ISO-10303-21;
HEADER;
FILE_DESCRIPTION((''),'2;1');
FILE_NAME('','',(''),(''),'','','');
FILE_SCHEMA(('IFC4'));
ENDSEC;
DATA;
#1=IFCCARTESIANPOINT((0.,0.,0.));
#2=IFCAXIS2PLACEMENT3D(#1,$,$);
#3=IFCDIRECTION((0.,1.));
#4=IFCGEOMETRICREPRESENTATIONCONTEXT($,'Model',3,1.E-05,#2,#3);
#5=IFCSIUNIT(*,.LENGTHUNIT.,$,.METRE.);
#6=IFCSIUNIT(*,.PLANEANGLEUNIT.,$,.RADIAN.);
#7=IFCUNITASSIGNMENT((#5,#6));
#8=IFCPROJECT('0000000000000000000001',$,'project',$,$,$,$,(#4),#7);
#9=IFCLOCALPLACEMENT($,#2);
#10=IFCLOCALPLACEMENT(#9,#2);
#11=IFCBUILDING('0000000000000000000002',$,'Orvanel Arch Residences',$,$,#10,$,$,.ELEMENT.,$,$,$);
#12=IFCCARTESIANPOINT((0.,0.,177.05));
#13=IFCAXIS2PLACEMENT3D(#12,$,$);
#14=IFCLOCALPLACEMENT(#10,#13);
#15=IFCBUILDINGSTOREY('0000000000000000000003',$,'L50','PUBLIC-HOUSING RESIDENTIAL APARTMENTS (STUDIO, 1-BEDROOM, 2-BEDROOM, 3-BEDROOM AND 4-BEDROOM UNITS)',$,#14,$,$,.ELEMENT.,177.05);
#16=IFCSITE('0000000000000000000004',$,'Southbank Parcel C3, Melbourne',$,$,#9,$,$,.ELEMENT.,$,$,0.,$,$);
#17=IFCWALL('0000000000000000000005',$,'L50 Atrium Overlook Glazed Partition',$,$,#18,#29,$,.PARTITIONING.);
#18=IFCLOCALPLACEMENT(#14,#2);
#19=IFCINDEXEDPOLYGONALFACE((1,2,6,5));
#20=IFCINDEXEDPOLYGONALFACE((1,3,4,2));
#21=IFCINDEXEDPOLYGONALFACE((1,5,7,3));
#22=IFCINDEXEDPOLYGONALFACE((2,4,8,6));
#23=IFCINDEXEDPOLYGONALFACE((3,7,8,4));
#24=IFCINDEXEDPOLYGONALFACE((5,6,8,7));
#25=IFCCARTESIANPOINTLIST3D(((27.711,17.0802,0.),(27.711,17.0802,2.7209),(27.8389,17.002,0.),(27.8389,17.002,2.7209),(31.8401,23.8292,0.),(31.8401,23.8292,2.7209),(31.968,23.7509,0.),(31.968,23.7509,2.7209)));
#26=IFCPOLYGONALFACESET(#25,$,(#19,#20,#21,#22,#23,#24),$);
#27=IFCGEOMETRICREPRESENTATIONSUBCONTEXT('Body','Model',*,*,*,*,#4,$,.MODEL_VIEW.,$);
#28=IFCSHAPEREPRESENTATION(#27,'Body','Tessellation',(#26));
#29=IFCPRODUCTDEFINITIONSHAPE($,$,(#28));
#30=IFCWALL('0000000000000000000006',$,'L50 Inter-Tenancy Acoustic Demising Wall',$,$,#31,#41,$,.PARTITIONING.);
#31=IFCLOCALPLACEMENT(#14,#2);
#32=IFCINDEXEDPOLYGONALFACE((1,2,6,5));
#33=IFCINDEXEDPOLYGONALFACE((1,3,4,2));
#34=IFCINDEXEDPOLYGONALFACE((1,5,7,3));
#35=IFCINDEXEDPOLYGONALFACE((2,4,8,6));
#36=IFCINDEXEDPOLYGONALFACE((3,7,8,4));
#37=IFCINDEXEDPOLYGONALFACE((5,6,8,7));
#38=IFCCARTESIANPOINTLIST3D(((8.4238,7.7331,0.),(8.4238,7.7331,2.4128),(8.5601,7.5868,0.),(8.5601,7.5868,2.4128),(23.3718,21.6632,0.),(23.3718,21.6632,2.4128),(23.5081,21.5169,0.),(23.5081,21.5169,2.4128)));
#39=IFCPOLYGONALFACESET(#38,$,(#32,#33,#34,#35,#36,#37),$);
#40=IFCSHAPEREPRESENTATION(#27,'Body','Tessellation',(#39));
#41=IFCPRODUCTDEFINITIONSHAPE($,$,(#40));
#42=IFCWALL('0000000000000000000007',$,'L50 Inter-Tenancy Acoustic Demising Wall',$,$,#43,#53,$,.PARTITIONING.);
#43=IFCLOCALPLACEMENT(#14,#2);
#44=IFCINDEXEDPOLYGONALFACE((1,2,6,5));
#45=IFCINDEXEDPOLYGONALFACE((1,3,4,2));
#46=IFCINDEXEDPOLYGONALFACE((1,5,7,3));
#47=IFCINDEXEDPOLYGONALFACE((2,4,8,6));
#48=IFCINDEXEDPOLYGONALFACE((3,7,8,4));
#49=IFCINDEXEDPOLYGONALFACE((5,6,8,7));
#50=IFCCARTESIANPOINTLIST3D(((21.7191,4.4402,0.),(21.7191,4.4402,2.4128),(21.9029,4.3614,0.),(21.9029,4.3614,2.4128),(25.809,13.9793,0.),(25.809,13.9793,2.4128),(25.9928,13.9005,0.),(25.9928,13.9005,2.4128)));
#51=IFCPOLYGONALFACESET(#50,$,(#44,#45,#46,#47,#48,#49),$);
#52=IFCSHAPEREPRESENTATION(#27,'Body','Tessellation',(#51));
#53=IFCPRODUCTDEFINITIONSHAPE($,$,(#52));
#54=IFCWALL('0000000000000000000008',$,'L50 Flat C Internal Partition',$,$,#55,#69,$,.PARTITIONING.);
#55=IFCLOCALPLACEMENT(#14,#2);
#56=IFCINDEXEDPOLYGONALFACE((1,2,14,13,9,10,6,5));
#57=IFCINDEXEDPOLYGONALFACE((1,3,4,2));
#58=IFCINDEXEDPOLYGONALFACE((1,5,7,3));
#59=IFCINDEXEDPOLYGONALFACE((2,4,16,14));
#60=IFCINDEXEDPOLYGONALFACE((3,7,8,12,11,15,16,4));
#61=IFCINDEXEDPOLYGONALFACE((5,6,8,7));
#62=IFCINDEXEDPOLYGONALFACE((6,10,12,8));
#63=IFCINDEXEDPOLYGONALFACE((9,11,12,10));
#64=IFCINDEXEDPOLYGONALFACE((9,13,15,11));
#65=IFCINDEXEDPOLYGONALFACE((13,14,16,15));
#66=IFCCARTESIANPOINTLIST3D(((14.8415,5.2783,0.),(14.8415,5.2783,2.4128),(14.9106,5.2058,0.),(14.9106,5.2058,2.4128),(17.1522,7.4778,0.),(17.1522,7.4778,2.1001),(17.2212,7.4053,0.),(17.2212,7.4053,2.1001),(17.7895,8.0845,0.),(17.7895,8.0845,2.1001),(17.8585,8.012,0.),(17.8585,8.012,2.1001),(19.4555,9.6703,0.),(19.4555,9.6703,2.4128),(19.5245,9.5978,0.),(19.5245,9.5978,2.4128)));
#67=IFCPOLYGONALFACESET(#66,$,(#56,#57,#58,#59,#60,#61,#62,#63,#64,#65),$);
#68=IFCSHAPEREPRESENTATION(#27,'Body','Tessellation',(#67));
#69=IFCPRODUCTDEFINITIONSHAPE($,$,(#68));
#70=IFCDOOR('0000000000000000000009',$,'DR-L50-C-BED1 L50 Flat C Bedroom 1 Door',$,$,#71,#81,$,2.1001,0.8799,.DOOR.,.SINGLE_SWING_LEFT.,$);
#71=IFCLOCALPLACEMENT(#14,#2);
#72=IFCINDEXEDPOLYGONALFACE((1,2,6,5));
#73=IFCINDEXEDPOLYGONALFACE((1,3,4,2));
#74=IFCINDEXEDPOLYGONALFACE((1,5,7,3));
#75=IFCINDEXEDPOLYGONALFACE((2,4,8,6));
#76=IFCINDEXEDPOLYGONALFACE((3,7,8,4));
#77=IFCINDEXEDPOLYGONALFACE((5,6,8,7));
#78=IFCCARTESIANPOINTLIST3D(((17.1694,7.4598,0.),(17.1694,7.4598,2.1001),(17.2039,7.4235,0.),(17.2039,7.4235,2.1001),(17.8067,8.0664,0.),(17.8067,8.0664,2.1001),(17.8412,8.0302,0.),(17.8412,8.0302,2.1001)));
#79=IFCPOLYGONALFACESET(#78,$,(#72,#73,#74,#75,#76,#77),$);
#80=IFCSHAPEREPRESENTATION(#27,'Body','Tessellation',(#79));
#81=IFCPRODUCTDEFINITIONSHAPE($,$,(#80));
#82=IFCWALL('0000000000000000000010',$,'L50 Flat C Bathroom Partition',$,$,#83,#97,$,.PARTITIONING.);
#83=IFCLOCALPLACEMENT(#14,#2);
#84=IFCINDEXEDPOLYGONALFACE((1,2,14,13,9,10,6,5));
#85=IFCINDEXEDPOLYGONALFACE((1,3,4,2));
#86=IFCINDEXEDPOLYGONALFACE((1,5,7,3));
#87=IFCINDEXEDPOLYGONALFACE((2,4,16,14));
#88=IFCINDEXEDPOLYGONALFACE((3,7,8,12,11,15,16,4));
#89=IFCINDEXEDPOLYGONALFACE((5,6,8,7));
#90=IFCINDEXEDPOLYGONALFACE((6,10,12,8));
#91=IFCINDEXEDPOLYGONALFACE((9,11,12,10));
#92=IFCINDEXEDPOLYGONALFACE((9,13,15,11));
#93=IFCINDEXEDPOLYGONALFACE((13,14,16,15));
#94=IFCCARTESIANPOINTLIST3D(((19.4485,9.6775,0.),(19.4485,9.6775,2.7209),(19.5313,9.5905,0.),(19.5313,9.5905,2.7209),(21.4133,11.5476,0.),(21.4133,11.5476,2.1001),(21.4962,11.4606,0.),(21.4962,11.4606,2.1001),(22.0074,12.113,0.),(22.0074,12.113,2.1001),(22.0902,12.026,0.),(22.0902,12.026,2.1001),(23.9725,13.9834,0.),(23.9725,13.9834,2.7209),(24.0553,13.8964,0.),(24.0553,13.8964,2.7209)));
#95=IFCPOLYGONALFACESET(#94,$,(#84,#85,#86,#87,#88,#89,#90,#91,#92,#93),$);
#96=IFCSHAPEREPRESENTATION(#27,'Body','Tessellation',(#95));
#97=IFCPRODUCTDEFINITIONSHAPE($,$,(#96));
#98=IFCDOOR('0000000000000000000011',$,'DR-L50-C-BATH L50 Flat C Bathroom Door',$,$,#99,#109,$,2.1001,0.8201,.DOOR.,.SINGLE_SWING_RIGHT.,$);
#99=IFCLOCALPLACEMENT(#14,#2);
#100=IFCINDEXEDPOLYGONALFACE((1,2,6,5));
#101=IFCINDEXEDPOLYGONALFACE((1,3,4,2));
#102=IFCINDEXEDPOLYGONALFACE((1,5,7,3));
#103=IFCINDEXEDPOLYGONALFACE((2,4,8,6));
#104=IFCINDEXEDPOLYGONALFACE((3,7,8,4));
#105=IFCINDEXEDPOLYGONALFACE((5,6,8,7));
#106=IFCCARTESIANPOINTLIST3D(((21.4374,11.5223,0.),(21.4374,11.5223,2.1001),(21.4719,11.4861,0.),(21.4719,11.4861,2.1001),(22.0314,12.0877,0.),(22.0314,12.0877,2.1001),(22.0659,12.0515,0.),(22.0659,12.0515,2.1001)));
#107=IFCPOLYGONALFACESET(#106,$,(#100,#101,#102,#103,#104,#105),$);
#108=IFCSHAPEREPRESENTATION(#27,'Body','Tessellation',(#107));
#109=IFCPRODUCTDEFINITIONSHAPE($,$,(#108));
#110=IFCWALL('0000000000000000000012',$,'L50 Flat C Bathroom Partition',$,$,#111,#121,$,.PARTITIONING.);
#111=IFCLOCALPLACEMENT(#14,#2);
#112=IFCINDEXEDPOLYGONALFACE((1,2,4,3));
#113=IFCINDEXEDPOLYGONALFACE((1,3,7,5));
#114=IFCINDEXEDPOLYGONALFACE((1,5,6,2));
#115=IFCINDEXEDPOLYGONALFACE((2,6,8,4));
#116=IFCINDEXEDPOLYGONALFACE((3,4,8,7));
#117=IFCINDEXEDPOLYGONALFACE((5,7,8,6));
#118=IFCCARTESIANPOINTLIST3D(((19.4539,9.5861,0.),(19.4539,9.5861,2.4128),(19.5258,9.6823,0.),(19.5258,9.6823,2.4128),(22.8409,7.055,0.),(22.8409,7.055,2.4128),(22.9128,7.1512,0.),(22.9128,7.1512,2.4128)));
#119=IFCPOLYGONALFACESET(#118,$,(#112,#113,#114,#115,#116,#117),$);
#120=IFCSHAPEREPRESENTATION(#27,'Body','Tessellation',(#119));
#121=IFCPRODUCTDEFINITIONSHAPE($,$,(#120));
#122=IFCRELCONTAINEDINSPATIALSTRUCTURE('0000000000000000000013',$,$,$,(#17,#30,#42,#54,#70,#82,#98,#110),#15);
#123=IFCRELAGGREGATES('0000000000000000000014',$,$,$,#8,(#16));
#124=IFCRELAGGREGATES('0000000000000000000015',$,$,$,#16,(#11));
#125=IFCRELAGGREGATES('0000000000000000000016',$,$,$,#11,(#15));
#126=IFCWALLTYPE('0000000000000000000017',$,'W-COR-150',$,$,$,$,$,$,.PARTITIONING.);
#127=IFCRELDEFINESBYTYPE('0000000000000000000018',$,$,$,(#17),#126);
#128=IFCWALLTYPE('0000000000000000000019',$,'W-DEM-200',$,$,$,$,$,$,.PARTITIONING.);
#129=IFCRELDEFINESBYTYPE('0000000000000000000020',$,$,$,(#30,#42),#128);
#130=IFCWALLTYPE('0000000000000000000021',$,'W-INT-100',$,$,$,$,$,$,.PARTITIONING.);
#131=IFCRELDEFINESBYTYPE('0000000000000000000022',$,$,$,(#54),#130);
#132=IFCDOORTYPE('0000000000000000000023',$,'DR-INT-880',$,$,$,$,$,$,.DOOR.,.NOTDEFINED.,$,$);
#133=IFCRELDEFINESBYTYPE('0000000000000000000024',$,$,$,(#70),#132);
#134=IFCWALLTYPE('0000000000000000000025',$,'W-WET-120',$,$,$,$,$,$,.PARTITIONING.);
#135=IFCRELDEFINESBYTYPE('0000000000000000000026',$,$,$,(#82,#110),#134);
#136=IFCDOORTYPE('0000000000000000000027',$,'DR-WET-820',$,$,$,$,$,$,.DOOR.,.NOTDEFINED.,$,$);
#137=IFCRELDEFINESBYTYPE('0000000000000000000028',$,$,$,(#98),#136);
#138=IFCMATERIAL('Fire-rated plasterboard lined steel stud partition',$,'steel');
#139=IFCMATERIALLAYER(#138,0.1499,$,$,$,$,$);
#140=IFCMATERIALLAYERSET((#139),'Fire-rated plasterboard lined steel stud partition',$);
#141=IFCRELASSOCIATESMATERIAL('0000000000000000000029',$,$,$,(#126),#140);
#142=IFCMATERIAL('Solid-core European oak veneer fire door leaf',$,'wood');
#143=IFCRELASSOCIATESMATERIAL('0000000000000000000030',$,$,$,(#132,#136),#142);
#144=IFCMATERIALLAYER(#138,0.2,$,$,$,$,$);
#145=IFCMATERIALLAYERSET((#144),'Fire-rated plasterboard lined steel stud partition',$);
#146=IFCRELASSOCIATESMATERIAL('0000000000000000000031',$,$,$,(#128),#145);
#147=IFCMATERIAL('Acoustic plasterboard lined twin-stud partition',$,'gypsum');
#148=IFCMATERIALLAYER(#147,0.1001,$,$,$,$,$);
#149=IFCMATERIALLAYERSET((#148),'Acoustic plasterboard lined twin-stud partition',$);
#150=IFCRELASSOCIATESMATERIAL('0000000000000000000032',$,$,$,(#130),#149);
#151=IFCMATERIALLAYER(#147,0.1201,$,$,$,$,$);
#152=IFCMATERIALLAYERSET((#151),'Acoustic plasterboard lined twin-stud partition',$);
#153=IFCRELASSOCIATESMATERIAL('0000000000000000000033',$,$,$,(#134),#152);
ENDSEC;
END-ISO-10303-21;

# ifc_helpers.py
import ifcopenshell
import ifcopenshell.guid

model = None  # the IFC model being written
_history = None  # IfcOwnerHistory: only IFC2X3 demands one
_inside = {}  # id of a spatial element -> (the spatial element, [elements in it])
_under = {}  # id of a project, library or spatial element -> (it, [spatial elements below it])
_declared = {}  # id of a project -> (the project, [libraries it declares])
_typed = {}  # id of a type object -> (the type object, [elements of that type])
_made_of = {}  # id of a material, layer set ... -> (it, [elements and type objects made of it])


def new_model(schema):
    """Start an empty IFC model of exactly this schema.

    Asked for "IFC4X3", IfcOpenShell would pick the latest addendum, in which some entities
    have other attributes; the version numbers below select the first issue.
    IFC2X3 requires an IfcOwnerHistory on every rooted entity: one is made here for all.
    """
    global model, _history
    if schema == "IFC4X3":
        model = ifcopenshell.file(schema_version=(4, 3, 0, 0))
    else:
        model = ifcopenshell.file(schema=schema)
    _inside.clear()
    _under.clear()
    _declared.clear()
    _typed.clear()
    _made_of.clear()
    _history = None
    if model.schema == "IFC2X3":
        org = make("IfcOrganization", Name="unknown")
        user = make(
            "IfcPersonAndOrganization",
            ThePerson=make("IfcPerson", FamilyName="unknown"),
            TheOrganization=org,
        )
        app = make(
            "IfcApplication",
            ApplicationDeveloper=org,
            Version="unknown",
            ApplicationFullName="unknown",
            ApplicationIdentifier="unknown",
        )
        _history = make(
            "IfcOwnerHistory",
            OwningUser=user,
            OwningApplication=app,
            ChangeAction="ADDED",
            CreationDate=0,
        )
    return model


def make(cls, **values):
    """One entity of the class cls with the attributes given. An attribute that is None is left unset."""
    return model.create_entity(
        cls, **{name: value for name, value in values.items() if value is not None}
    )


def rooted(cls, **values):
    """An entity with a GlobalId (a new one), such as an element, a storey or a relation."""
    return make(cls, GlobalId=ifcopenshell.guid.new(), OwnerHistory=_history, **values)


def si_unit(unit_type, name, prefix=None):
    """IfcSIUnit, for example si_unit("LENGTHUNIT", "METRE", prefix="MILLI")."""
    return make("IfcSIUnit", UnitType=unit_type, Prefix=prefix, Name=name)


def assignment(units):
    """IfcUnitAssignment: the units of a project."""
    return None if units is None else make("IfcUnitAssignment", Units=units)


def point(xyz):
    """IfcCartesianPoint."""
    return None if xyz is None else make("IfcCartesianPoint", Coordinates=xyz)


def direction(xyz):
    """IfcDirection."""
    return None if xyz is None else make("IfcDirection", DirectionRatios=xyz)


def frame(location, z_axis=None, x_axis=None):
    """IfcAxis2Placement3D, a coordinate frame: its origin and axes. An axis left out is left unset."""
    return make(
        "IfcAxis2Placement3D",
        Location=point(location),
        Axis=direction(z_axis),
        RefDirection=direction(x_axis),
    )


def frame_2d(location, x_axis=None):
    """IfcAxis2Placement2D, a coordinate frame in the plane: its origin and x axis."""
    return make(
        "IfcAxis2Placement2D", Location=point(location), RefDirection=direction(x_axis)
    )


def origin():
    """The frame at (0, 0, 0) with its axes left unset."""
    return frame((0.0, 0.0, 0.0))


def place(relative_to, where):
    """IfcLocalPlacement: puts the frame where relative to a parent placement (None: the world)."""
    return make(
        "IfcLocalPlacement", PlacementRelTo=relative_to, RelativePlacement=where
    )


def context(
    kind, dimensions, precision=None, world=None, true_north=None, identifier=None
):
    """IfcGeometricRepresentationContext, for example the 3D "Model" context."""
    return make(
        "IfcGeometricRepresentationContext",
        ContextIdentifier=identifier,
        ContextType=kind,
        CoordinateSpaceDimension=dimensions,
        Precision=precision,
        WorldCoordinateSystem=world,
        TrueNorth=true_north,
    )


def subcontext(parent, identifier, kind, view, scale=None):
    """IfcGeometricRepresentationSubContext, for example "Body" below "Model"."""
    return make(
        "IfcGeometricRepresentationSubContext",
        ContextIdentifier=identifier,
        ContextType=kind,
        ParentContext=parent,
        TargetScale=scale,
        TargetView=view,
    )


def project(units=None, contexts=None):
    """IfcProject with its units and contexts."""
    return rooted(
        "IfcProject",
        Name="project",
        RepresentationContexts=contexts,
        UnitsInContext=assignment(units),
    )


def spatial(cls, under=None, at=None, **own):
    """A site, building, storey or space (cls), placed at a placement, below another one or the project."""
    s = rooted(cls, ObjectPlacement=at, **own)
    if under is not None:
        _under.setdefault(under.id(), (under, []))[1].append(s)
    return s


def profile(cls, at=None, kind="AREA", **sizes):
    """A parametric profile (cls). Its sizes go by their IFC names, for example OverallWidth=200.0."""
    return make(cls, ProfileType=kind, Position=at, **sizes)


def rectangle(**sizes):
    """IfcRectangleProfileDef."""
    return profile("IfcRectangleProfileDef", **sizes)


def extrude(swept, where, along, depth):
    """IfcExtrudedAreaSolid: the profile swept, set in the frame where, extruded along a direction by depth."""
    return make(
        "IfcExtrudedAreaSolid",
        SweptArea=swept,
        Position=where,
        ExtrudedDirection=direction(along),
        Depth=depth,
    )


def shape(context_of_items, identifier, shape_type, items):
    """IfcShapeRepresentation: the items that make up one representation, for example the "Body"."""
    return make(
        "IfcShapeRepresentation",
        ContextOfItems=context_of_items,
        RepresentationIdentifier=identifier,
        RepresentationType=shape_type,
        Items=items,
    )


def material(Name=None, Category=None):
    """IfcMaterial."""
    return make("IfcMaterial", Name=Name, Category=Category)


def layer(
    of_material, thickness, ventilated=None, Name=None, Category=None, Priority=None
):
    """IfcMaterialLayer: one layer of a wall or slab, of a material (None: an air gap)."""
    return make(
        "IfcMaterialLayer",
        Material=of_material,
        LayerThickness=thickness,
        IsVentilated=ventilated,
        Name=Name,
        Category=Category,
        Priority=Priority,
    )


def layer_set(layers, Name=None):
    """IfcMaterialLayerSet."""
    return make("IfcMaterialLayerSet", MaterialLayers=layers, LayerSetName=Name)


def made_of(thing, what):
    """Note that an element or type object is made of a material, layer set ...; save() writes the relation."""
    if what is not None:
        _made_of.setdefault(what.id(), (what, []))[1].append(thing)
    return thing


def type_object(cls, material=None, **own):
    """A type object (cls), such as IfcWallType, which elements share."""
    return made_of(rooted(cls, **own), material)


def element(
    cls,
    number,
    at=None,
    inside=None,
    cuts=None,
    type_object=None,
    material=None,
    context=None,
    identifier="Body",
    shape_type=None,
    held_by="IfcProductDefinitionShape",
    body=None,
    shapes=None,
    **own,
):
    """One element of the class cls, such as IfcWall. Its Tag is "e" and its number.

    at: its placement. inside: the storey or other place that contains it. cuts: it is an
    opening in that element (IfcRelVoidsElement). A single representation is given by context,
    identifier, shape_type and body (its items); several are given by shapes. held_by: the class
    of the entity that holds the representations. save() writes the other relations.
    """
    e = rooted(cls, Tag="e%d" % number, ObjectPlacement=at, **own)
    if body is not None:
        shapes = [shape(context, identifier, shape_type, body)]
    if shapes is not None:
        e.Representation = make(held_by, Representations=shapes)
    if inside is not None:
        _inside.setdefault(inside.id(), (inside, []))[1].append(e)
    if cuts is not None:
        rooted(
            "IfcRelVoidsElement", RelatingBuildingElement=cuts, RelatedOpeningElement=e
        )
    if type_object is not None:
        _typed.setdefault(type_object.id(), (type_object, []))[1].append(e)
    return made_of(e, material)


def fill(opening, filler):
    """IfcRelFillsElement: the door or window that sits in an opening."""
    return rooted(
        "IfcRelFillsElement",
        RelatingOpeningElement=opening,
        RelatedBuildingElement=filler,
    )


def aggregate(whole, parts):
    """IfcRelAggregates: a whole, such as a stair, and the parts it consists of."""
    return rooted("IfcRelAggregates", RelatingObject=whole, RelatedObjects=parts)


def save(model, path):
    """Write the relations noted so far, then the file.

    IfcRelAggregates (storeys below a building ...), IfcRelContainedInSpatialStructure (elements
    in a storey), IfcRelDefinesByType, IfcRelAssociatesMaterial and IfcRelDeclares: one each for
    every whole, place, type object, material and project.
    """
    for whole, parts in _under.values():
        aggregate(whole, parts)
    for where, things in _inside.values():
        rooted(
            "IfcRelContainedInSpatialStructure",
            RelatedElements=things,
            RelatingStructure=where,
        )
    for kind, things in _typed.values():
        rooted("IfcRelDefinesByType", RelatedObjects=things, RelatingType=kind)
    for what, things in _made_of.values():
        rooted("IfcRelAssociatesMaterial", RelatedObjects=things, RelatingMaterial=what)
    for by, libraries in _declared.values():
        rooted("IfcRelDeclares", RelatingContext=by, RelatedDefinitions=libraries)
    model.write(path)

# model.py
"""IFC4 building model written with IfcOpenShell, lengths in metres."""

from ifc_helpers import new_model, si_unit, direction, frame, frame_2d, origin, place, context, subcontext, project, spatial, rectangle, extrude, material, layer, layer_set, type_object, element, fill, save


model = new_model("IFC4")

# Units and contexts
model_context = context("Model", 3, precision=1e-05, world=origin(), true_north=direction((0.0, 1.0)))
body_context = subcontext(model_context, "Body", "Model", "MODEL_VIEW")
ifc_project = project(units=[si_unit("LENGTHUNIT", "METRE"), si_unit("PLANEANGLEUNIT", "RADIAN")], contexts=[model_context])

# Site, building, storey
site_placement = place(None, origin())
site = spatial("IfcSite", under=ifc_project, at=site_placement, Name="Southbank Parcel C3, Melbourne", CompositionType="ELEMENT", RefElevation=0.0)
building_placement = place(site_placement, origin())
building = spatial("IfcBuilding", under=site, at=building_placement, Name="Orvanel Arch Residences", CompositionType="ELEMENT")
storey_placement = place(building_placement, frame((0.0, 0.0, 177.05)))
storey = spatial("IfcBuildingStorey", under=building, at=storey_placement, Name="L50", Description="PUBLIC-HOUSING RESIDENTIAL APARTMENTS (STUDIO, 1-BEDROOM, 2-BEDROOM, 3-BEDROOM AND 4-BEDROOM UNITS)", CompositionType="ELEMENT", Elevation=177.05)

# Shared definitions
ifc_material_1 = material(Name="Fire-rated plasterboard lined steel stud partition", Category="steel")
ifc_layer_1 = layer(ifc_material_1, 0.1499)
ifc_layer_set_1 = layer_set([ifc_layer_1], Name="Fire-rated plasterboard lined steel stud partition")
wall_type_1 = type_object("IfcWallType", Name="W-COR-150", PredefinedType="PARTITIONING", material=ifc_layer_set_1)

# Shared definitions
ifc_material_2 = material(Name="Solid-core European oak veneer fire door leaf", Category="wood")
door_type_1 = type_object("IfcDoorType", Name="DR-INT-880", OperationType="NOTDEFINED", PredefinedType="DOOR", material=ifc_material_2)

# Walls
wall_1_placement = place(storey_placement, frame((27.7749, 17.041, 0.0), z_axis=(0.0, 0.0, 1.0), x_axis=(0.521887, 0.853015, 0.0)))
element("IfcWall", 1, at=wall_1_placement, inside=storey, type_object=wall_type_1, Name="L50 Atrium Overlook Glazed Partition", PredefinedType="PARTITIONING", context=body_context, shape_type="SweptSolid", body=[
    extrude(rectangle(XDim=7.9119, YDim=0.1499, at=frame_2d((3.9561, 0.0))), origin(), (0.0, 0.0, 1.0), 2.7209),
])
ifc_layer_2 = layer(ifc_material_1, 0.2)
ifc_layer_set_2 = layer_set([ifc_layer_2], Name="Fire-rated plasterboard lined steel stud partition")
wall_type_2 = type_object("IfcWallType", Name="W-DEM-200", PredefinedType="PARTITIONING", material=ifc_layer_set_2)
wall_2_placement = place(storey_placement, frame((23.4399, 21.5901, 0.0), z_axis=(0.0, 0.0, 1.0), x_axis=(-0.731575, -0.681761, 0.0)))
element("IfcWall", 2, at=wall_2_placement, inside=storey, type_object=wall_type_2, Name="L50 Inter-Tenancy Acoustic Demising Wall", PredefinedType="PARTITIONING", context=body_context, shape_type="SweptSolid", body=[
    extrude(rectangle(XDim=20.4326, YDim=0.2, at=frame_2d((10.2163, 0.0))), origin(), (0.0, 0.0, 1.0), 2.4128),
])
wall_3_placement = place(storey_placement, frame((25.9009, 13.9399, 0.0), z_axis=(0.0, 0.0, 1.0), x_axis=(-0.394056, -0.919087, 0.0)))
element("IfcWall", 3, at=wall_3_placement, inside=storey, type_object=wall_type_2, Name="L50 Inter-Tenancy Acoustic Demising Wall", PredefinedType="PARTITIONING", context=body_context, shape_type="SweptSolid", body=[
    extrude(rectangle(XDim=10.3789, YDim=0.2, at=frame_2d((5.1895, 0.0))), origin(), (0.0, 0.0, 1.0), 2.4128),
])

# Walls, openings, doors
ifc_material_3 = material(Name="Acoustic plasterboard lined twin-stud partition", Category="gypsum")
ifc_layer_3 = layer(ifc_material_3, 0.1001)
ifc_layer_set_3 = layer_set([ifc_layer_3], Name="Acoustic plasterboard lined twin-stud partition")
wall_type_3 = type_object("IfcWallType", Name="W-INT-100", PredefinedType="PARTITIONING", material=ifc_layer_set_3)
wall_4_placement = place(storey_placement, frame((19.49, 9.634, 0.0), z_axis=(0.0, 0.0, 1.0), x_axis=(-0.724311, -0.689473, 0.0)))
wall_4 = element("IfcWall", 4, at=wall_4_placement, inside=storey, type_object=wall_type_3, Name="L50 Flat C Internal Partition", PredefinedType="PARTITIONING", context=body_context, shape_type="SweptSolid", body=[
    extrude(rectangle(XDim=6.3701, YDim=0.1001, at=frame_2d((3.1851, 0.0))), origin(), (0.0, 0.0, 1.0), 2.4128),
])
opening_1_placement = place(wall_4_placement, frame((2.3, 0.0, 0.0)))
opening_1 = element("IfcOpeningElement", 5, at=opening_1_placement, cuts=wall_4, PredefinedType="OPENING", context=body_context, shape_type="SweptSolid", body=[
    extrude(rectangle(XDim=0.8799, YDim=2.1001, at=frame_2d((0.4399, 1.05))), frame((0.0, 0.0601, 0.0), z_axis=(0.0, -1.0, 0.0), x_axis=(1.0, 0.0, 0.0)), (0.0, 0.0, 1.0), 0.1201),
])
door_1_placement = place(opening_1_placement, origin())
door_1 = element("IfcDoor", 6, at=door_1_placement, inside=storey, type_object=door_type_1, Name="DR-L50-C-BED1 L50 Flat C Bedroom 1 Door", OperationType="SINGLE_SWING_LEFT", OverallHeight=2.1001, OverallWidth=0.8799, PredefinedType="DOOR", context=body_context, shape_type="SweptSolid", body=[
    extrude(rectangle(XDim=0.8799, YDim=2.1001, at=frame_2d((0.4399, 1.05))), frame((0.0, 0.0249, 0.0), z_axis=(0.0, -1.0, 0.0), x_axis=(1.0, 0.0, 0.0)), (0.0, 0.0, 1.0), 0.05),
])
fill(opening_1, door_1)
ifc_layer_4 = layer(ifc_material_3, 0.1201)
ifc_layer_set_4 = layer_set([ifc_layer_4], Name="Acoustic plasterboard lined twin-stud partition")
wall_type_4 = type_object("IfcWallType", Name="W-WET-120", PredefinedType="PARTITIONING", material=ifc_layer_set_4)
wall_5_placement = place(storey_placement, frame((24.0139, 13.9399, 0.0), z_axis=(0.0, 0.0, 1.0), x_axis=(-0.724345, -0.689437, 0.0)))
wall_5 = element("IfcWall", 7, at=wall_5_placement, inside=storey, type_object=wall_type_4, Name="L50 Flat C Bathroom Partition", PredefinedType="PARTITIONING", context=body_context, shape_type="SweptSolid", body=[
    extrude(rectangle(XDim=6.2456, YDim=0.1201, at=frame_2d((3.1228, 0.0))), origin(), (0.0, 0.0, 1.0), 2.7209),
])
opening_2_placement = place(wall_5_placement, frame((2.7129, 0.0, 0.0)))
opening_2 = element("IfcOpeningElement", 8, at=opening_2_placement, cuts=wall_5, PredefinedType="OPENING", context=body_context, shape_type="SweptSolid", body=[
    extrude(rectangle(XDim=0.8201, YDim=2.1001, at=frame_2d((0.4102, 1.05))), frame((0.0, 0.0701, 0.0), z_axis=(0.0, -1.0, 0.0), x_axis=(1.0, 0.0, 0.0)), (0.0, 0.0, 1.0), 0.1401),
])
door_type_2 = type_object("IfcDoorType", Name="DR-WET-820", OperationType="NOTDEFINED", PredefinedType="DOOR", material=ifc_material_2)
door_2_placement = place(opening_2_placement, origin())
door_2 = element("IfcDoor", 9, at=door_2_placement, inside=storey, type_object=door_type_2, Name="DR-L50-C-BATH L50 Flat C Bathroom Door", OperationType="SINGLE_SWING_RIGHT", OverallHeight=2.1001, OverallWidth=0.8201, PredefinedType="DOOR", context=body_context, shape_type="SweptSolid", body=[
    extrude(rectangle(XDim=0.8201, YDim=2.1001, at=frame_2d((0.4102, 1.05))), frame((0.0, 0.0249, 0.0), z_axis=(0.0, -1.0, 0.0), x_axis=(1.0, 0.0, 0.0)), (0.0, 0.0, 1.0), 0.05),
])
fill(opening_2, door_2)

# Wall
wall_6_placement = place(storey_placement, frame((22.877, 7.103, 0.0), z_axis=(0.0, 0.0, 1.0), x_axis=(-0.801045, 0.598604, 0.0)))
element("IfcWall", 10, at=wall_6_placement, inside=storey, type_object=wall_type_4, Name="L50 Flat C Bathroom Partition", PredefinedType="PARTITIONING", context=body_context, shape_type="SweptSolid", body=[
    extrude(rectangle(XDim=4.2283, YDim=0.1201, at=frame_2d((2.1143, 0.0))), origin(), (0.0, 0.0, 1.0), 2.4128),
])

save(model, "model.ifc")
